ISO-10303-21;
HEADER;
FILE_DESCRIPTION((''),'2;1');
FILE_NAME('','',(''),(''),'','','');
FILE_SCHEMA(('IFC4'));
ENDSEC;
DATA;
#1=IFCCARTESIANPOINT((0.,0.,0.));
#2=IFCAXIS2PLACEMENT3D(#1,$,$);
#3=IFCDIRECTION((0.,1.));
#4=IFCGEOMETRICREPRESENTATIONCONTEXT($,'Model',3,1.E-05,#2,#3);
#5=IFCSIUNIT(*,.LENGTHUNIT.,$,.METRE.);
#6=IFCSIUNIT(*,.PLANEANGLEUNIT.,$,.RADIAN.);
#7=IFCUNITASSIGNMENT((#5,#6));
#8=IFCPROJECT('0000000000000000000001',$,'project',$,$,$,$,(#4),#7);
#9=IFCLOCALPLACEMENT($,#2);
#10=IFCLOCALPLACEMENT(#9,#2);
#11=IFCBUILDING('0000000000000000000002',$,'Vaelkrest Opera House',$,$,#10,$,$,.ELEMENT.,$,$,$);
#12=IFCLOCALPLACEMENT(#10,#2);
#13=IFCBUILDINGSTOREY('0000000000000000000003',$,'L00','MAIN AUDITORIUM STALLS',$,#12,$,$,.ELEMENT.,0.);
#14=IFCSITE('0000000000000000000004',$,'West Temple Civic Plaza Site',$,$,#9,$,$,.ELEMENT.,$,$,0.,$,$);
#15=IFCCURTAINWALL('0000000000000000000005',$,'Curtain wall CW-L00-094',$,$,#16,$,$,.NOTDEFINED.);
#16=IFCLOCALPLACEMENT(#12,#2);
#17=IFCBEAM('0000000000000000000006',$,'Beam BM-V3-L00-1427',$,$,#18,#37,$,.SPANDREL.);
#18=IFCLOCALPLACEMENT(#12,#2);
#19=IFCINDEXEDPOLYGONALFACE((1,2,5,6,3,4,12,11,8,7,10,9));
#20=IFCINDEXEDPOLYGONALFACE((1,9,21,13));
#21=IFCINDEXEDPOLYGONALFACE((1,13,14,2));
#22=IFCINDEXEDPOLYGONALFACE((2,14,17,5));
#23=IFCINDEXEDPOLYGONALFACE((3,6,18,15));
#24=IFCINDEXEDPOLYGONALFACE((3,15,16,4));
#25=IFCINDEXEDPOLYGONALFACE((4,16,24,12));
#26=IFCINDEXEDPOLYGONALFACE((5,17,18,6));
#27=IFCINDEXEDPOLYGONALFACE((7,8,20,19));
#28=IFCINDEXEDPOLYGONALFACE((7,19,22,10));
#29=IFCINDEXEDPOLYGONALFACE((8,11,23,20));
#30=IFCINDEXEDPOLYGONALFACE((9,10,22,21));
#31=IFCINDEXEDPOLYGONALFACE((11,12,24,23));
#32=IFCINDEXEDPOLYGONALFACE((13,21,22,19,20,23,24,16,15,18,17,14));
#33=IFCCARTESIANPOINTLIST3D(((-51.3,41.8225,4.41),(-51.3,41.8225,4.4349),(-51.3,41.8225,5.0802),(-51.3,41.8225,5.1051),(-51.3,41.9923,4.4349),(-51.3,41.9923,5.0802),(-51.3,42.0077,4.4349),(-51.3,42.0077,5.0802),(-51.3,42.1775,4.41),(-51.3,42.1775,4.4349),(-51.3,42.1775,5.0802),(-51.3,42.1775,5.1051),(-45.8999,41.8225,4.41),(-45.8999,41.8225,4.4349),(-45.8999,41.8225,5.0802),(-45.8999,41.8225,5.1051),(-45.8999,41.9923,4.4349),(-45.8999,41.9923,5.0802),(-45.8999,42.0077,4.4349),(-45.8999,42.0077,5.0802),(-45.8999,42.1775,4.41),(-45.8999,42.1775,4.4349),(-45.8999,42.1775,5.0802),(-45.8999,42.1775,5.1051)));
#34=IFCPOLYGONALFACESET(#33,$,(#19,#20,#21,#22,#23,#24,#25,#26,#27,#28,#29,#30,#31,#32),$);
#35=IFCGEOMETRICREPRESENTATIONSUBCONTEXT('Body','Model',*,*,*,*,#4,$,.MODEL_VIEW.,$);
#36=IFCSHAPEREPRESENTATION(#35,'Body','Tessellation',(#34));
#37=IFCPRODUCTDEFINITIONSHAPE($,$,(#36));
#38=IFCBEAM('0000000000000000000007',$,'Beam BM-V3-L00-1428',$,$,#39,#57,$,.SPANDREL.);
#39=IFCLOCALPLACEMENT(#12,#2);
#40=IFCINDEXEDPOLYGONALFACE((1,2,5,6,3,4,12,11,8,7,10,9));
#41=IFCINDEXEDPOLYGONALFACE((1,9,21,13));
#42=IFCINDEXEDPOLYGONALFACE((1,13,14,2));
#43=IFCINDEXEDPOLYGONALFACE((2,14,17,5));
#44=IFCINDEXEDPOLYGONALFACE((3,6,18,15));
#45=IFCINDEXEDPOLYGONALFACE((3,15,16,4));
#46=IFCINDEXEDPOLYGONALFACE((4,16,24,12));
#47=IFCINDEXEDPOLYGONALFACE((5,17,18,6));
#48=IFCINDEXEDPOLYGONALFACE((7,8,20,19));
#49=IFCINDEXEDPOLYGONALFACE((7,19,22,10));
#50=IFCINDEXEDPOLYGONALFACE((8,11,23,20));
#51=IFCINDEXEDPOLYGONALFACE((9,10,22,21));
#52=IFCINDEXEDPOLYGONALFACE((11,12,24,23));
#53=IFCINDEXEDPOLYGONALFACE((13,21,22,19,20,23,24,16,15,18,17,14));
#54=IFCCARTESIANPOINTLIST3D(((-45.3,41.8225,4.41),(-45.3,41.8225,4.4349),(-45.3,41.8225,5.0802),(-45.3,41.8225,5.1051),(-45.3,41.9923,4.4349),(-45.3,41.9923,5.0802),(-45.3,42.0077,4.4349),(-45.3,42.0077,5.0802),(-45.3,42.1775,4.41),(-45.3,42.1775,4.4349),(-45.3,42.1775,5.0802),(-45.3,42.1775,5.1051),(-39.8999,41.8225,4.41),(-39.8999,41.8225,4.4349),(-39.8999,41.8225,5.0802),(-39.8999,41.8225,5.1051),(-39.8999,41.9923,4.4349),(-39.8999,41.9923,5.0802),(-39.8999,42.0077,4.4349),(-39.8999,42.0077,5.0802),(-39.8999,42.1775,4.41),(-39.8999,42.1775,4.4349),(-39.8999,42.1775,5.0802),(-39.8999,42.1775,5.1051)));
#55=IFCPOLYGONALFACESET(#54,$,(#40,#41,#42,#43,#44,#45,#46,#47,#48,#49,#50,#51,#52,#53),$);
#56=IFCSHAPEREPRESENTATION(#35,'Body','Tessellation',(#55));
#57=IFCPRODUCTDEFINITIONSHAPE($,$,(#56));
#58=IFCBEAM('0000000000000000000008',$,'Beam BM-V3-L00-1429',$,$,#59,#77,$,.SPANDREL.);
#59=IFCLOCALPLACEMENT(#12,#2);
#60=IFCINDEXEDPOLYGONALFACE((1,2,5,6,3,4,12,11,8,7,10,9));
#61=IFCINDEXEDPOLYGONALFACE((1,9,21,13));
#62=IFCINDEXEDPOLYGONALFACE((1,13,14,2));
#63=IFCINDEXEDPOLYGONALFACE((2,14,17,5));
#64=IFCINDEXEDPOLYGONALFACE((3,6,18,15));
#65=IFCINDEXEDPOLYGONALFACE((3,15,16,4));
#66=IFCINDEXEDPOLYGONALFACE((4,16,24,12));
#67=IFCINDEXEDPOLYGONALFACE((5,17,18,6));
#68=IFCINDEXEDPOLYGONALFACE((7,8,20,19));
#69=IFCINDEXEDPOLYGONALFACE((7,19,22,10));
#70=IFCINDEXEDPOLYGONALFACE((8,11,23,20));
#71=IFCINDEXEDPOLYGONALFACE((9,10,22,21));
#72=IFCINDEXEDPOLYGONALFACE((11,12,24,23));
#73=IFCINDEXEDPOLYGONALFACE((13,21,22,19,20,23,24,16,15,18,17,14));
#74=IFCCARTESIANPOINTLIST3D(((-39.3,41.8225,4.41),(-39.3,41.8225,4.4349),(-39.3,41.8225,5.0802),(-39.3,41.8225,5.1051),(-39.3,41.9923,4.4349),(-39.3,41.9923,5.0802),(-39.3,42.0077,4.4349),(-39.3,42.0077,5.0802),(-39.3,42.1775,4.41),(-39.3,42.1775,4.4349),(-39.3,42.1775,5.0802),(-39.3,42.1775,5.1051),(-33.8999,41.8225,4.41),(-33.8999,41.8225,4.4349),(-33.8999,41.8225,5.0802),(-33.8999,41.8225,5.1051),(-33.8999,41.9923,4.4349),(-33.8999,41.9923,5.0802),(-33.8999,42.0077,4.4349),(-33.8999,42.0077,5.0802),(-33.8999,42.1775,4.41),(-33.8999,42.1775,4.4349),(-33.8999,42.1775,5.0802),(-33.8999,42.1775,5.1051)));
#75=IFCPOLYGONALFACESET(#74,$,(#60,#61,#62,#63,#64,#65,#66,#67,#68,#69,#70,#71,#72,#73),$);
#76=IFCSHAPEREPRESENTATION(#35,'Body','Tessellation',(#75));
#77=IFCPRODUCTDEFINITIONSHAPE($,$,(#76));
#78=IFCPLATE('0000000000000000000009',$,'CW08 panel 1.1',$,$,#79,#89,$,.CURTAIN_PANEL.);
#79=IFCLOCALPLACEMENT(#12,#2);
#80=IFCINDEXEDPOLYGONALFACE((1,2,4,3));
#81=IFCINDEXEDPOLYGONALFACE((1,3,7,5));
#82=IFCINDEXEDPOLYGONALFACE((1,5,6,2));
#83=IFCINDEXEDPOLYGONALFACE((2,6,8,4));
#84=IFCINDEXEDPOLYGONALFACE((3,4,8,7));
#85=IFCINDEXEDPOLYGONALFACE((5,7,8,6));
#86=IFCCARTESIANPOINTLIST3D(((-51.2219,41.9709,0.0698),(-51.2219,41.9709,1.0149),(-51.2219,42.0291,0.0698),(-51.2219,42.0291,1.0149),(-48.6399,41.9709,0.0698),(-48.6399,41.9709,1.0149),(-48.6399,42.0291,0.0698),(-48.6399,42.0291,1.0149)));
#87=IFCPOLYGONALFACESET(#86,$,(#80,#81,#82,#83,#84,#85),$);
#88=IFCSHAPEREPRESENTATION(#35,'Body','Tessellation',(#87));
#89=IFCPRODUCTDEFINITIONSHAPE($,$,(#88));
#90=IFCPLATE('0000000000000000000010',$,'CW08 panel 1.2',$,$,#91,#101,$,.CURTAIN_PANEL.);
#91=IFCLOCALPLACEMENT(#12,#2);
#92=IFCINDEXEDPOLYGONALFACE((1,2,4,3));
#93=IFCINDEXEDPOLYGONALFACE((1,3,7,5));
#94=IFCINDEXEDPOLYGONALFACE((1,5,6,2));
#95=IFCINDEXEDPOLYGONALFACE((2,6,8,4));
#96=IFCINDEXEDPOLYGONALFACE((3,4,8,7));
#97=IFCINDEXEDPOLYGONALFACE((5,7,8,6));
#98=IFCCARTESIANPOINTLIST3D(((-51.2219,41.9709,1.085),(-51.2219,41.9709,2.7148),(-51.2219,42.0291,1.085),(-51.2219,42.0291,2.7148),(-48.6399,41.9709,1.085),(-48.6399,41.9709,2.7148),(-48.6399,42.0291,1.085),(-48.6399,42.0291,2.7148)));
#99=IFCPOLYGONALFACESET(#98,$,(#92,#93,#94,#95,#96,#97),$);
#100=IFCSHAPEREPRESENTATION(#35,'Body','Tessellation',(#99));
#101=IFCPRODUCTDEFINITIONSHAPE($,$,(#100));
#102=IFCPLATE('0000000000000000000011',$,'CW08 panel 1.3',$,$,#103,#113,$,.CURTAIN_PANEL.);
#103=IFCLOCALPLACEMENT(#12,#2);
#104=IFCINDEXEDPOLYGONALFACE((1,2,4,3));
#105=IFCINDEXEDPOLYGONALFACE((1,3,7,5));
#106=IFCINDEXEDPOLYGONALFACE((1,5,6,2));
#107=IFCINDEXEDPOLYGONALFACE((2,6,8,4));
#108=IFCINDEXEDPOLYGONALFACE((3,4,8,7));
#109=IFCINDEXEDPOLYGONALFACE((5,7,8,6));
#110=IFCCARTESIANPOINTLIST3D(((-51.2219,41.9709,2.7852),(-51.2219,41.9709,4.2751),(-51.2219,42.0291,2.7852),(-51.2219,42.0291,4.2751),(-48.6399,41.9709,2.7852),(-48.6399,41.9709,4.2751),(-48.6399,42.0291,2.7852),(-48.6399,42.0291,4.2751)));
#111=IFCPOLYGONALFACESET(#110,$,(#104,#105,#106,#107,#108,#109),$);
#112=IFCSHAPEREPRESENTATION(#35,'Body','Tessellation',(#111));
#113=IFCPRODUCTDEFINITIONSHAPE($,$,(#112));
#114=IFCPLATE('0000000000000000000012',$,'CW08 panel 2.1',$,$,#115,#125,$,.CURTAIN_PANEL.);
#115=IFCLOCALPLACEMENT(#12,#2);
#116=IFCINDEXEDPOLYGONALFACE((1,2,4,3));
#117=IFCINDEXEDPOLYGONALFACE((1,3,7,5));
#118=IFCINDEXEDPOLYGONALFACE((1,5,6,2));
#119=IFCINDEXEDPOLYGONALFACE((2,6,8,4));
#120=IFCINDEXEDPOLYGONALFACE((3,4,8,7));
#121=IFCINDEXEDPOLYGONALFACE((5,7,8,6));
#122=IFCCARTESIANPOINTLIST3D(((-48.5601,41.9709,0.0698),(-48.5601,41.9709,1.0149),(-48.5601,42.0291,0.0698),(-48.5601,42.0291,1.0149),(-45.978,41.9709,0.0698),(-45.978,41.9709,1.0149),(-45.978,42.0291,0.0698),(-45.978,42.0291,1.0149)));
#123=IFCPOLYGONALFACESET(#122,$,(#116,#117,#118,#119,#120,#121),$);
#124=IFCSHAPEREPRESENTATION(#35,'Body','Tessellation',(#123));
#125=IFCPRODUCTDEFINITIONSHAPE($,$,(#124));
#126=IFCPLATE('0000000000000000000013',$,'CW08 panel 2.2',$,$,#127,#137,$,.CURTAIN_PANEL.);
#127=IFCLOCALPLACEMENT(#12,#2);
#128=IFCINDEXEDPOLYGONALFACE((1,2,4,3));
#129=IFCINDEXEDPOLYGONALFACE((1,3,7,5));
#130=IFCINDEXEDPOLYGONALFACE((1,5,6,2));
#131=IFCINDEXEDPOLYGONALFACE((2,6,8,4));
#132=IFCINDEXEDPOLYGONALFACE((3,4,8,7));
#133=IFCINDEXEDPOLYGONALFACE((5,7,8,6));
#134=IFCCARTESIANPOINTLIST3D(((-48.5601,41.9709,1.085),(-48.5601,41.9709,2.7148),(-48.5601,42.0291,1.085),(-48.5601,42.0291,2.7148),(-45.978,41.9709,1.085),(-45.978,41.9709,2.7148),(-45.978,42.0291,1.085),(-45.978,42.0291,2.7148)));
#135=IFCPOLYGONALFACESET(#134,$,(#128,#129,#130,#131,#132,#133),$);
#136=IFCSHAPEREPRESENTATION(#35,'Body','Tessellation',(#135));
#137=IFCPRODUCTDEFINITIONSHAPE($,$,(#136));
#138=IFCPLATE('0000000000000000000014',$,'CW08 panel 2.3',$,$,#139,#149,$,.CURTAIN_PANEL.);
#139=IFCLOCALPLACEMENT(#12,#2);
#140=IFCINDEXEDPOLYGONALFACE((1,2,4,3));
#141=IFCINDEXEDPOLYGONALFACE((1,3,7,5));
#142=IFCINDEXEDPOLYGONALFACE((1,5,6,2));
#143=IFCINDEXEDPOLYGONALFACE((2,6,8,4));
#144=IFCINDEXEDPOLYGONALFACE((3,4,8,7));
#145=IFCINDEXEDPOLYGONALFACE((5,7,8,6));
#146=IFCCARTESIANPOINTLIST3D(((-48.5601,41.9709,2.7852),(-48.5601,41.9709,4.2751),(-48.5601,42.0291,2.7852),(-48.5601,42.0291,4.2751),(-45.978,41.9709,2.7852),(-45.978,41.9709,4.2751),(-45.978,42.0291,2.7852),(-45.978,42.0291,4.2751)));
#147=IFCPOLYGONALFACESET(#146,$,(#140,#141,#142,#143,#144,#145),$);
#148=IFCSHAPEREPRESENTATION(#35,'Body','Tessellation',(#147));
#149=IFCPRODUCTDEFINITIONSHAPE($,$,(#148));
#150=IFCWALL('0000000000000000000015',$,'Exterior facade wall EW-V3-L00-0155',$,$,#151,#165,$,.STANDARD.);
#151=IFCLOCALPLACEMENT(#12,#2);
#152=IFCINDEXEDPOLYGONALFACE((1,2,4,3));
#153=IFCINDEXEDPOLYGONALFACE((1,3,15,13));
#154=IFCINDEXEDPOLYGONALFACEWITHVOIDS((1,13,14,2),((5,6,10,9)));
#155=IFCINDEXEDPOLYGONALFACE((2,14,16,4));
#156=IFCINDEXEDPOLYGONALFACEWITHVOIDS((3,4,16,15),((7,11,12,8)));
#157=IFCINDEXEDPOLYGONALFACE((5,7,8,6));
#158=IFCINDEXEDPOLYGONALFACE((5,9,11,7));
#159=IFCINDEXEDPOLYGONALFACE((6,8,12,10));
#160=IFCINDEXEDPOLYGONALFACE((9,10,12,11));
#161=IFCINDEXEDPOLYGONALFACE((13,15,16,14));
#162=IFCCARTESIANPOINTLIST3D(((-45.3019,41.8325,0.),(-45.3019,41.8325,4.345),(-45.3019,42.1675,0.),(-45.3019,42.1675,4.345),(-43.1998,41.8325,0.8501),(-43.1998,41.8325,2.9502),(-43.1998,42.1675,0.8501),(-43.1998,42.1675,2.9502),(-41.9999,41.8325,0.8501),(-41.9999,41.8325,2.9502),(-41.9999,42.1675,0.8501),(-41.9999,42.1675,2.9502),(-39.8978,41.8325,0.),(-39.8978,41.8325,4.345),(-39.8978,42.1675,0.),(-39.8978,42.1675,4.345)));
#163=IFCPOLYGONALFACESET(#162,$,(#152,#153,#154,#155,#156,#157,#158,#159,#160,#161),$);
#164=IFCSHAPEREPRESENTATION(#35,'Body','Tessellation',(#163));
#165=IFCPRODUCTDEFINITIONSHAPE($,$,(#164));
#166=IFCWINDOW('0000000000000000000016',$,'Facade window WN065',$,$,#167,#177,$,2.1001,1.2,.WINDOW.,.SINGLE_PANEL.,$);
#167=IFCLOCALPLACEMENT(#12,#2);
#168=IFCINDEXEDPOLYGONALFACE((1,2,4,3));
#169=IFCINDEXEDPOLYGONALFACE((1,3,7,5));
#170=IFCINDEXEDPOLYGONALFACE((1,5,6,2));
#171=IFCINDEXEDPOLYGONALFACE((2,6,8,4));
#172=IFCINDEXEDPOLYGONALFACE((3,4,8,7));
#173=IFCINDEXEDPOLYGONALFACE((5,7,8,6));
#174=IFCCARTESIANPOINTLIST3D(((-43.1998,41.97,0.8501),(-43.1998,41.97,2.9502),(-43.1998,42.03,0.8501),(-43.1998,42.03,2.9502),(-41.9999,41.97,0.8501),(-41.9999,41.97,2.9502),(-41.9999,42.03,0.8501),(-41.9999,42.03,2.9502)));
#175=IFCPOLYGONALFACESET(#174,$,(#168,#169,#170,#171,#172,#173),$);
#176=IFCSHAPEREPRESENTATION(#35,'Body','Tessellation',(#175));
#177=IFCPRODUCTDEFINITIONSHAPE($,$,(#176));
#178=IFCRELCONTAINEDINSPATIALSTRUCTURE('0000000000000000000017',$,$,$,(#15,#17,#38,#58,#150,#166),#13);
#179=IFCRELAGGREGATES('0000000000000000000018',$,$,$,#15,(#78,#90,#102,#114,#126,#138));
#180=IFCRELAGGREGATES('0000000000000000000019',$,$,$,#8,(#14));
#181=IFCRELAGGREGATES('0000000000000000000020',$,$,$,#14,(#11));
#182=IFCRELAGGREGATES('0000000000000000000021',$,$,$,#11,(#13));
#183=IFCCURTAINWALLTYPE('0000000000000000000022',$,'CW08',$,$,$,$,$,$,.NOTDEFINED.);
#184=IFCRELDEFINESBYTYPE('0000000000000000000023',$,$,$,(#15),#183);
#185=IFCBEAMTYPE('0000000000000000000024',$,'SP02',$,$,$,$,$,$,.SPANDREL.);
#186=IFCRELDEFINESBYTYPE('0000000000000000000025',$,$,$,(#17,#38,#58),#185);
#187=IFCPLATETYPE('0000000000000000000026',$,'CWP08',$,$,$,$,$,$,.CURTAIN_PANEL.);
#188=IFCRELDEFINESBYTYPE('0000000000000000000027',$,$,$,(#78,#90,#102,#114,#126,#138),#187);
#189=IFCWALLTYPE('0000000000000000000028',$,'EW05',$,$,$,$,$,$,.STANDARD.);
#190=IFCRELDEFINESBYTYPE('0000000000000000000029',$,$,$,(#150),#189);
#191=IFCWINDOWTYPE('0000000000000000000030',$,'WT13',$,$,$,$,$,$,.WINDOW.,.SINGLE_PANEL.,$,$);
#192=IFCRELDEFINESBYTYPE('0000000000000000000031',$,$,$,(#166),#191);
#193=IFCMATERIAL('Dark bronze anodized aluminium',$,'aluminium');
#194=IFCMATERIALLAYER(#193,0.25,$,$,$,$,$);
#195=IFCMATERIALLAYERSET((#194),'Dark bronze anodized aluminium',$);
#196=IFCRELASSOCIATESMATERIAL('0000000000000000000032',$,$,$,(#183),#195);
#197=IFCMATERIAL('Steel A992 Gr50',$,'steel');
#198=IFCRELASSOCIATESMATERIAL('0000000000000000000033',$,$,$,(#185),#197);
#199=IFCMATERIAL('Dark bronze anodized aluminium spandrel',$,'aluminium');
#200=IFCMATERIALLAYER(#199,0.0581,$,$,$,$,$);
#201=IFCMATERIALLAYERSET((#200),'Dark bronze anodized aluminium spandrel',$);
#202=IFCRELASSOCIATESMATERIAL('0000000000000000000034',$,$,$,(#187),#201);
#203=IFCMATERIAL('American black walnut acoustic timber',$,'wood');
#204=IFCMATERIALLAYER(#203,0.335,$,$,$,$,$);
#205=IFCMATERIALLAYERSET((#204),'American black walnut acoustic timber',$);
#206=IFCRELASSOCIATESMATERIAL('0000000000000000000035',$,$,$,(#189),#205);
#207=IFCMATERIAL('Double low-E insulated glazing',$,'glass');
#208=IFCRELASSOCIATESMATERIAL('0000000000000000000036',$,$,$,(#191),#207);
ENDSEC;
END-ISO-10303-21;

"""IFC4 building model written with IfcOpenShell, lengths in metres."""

from ifc_helpers import new_model, si_unit, direction, frame, frame_2d, origin, origin_2d, place, context, subcontext, project, spatial, rectangle, i_section, extrude, material, layer, layer_set, material_profile, profile_set, type_object, element, fill, aggregate, save


model = new_model("IFC4")

# Units and contexts
model_context = context("Model", 3, precision=1e-05, world=origin(), true_north=direction((0.0, 1.0)))
body_context = subcontext(model_context, "Body", "Model", "MODEL_VIEW")
ifc_project = project(units=[si_unit("LENGTHUNIT", "METRE"), si_unit("PLANEANGLEUNIT", "RADIAN")], contexts=[model_context])

# Site, building, storey
site_placement = place(None, origin())
site = spatial("IfcSite", under=ifc_project, at=site_placement, Name="West Temple Civic Plaza Site", CompositionType="ELEMENT", RefElevation=0.0)
building_placement = place(site_placement, origin())
building = spatial("IfcBuilding", under=site, at=building_placement, Name="Vaelkrest Opera House", CompositionType="ELEMENT")
storey_placement = place(building_placement, origin())
storey = spatial("IfcBuildingStorey", under=building, at=storey_placement, Name="L00", Description="MAIN AUDITORIUM STALLS", CompositionType="ELEMENT", Elevation=0.0)

# Shared definitions
ifc_material_1 = material(Name="Steel A992 Gr50", Category="steel")

# Shared definitions
ifc_material_2 = material(Name="Dark bronze anodized aluminium", Category="aluminium")

# Curtain wall
ifc_layer_1 = layer(ifc_material_2, 0.25)
ifc_layer_set_1 = layer_set([ifc_layer_1], Name="Dark bronze anodized aluminium")
curtain_wall_type_1 = type_object("IfcCurtainWallType", Name="CW08", PredefinedType="NOTDEFINED", material=ifc_layer_set_1)
curtain_wall_1_placement = place(storey_placement, origin())
curtain_wall_1 = element("IfcCurtainWall", 1, at=curtain_wall_1_placement, inside=storey, type_object=curtain_wall_type_1, Name="Curtain wall CW-L00-094", PredefinedType="NOTDEFINED")

# Beams
ifc_material_profile_1 = material_profile(ifc_material_1, i_section(OverallWidth=0.355, OverallDepth=0.6951, WebThickness=0.0154, FlangeThickness=0.0249, at=origin_2d()), Name="W27X146")
ifc_profile_set_1 = profile_set([ifc_material_profile_1], Name="Steel A992 Gr50")
beam_type_1 = type_object("IfcBeamType", Name="SP02", PredefinedType="SPANDREL", material=ifc_profile_set_1)
for number, where, z_axis, x_axis, name in (
    (2, (-51.3, 42.0, 4.7576), (1.0, 0.0, 0.0), (0.0, 1.0, 0.0), "Beam BM-V3-L00-1427"),
    (3, (-45.3, 42.0, 4.7576), (1.0, 0.0, 0.0), (0.0, 1.0, 0.0), "Beam BM-V3-L00-1428"),
    (4, (-39.3, 42.0, 4.7576), (1.0, 0.0, 0.0), (0.0, 1.0, 0.0), "Beam BM-V3-L00-1429"),
):
    element("IfcBeam", number, at=place(storey_placement, frame(where, z_axis=z_axis, x_axis=x_axis)), inside=storey, type_object=beam_type_1, Name=name, PredefinedType="SPANDREL", context=body_context, shape_type="SweptSolid", body=[
        extrude(i_section(OverallWidth=0.355, OverallDepth=0.6951, WebThickness=0.0154, FlangeThickness=0.0249, at=origin_2d()), origin(), (0.0, 0.0, 1.0), 5.4001),
    ])

# Plates
ifc_material_3 = material(Name="Dark bronze anodized aluminium spandrel", Category="aluminium")
ifc_layer_2 = layer(ifc_material_3, 0.0581)
ifc_layer_set_2 = layer_set([ifc_layer_2], Name="Dark bronze anodized aluminium spandrel")
plate_type = type_object("IfcPlateType", Name="CWP08", PredefinedType="CURTAIN_PANEL", material=ifc_layer_set_2)
plate_1_placement = place(storey_placement, frame((-49.9309, 42.0, 0.0698), z_axis=(0.0, 0.0, 1.0), x_axis=(1.0, 0.0, 0.0)))
plate_1 = element("IfcPlate", 5, at=plate_1_placement, type_object=plate_type, Name="CW08 panel 1.1", PredefinedType="CURTAIN_PANEL", context=body_context, shape_type="SweptSolid", body=[
    extrude(rectangle(XDim=2.582, YDim=0.0581, at=origin_2d()), origin(), (0.0, 0.0, 1.0), 0.9451),
])
plate_2_placement = place(storey_placement, frame((-49.9309, 42.0, 1.085), z_axis=(0.0, 0.0, 1.0), x_axis=(1.0, 0.0, 0.0)))
plate_2 = element("IfcPlate", 6, at=plate_2_placement, type_object=plate_type, Name="CW08 panel 1.2", PredefinedType="CURTAIN_PANEL", context=body_context, shape_type="SweptSolid", body=[
    extrude(rectangle(XDim=2.582, YDim=0.0581, at=origin_2d()), origin(), (0.0, 0.0, 1.0), 1.6299),
])
plate_3_placement = place(storey_placement, frame((-49.9309, 42.0, 2.7852), z_axis=(0.0, 0.0, 1.0), x_axis=(1.0, 0.0, 0.0)))
plate_3 = element("IfcPlate", 7, at=plate_3_placement, type_object=plate_type, Name="CW08 panel 1.3", PredefinedType="CURTAIN_PANEL", context=body_context, shape_type="SweptSolid", body=[
    extrude(rectangle(XDim=2.582, YDim=0.0581, at=origin_2d()), origin(), (0.0, 0.0, 1.0), 1.49),
])
plate_4_placement = place(storey_placement, frame((-47.269, 42.0, 0.0698), z_axis=(0.0, 0.0, 1.0), x_axis=(1.0, 0.0, 0.0)))
plate_4 = element("IfcPlate", 8, at=plate_4_placement, type_object=plate_type, Name="CW08 panel 2.1", PredefinedType="CURTAIN_PANEL", context=body_context, shape_type="SweptSolid", body=[
    extrude(rectangle(XDim=2.582, YDim=0.0581, at=origin_2d()), origin(), (0.0, 0.0, 1.0), 0.9451),
])
plate_5_placement = place(storey_placement, frame((-47.269, 42.0, 1.085), z_axis=(0.0, 0.0, 1.0), x_axis=(1.0, 0.0, 0.0)))
plate_5 = element("IfcPlate", 9, at=plate_5_placement, type_object=plate_type, Name="CW08 panel 2.2", PredefinedType="CURTAIN_PANEL", context=body_context, shape_type="SweptSolid", body=[
    extrude(rectangle(XDim=2.582, YDim=0.0581, at=origin_2d()), origin(), (0.0, 0.0, 1.0), 1.6299),
])
plate_6_placement = place(storey_placement, frame((-47.269, 42.0, 2.7852), z_axis=(0.0, 0.0, 1.0), x_axis=(1.0, 0.0, 0.0)))
plate_6 = element("IfcPlate", 10, at=plate_6_placement, type_object=plate_type, Name="CW08 panel 2.3", PredefinedType="CURTAIN_PANEL", context=body_context, shape_type="SweptSolid", body=[
    extrude(rectangle(XDim=2.582, YDim=0.0581, at=origin_2d()), origin(), (0.0, 0.0, 1.0), 1.49),
])
aggregate(curtain_wall_1, [plate_1, plate_2, plate_3, plate_4, plate_5, plate_6])

# Wall, opening, window
ifc_material_4 = material(Name="American black walnut acoustic timber", Category="wood")
ifc_layer_3 = layer(ifc_material_4, 0.335)
ifc_layer_set_3 = layer_set([ifc_layer_3], Name="American black walnut acoustic timber")
wall_type = type_object("IfcWallType", Name="EW05", PredefinedType="STANDARD", material=ifc_layer_set_3)
wall_placement = place(storey_placement, frame((-45.302, 42.0, 0.0), z_axis=(0.0, 0.0, 1.0), x_axis=(1.0, 0.0, 0.0)))
wall = element("IfcWall", 11, at=wall_placement, inside=storey, type_object=wall_type, Name="Exterior facade wall EW-V3-L00-0155", PredefinedType="STANDARD", context=body_context, shape_type="SweptSolid", body=[
    extrude(rectangle(XDim=5.4041, YDim=0.335, at=frame_2d((2.7021, 0.0))), origin(), (0.0, 0.0, 1.0), 4.345),
])
opening_placement = place(wall_placement, frame((2.1021, 0.0, 0.8501)))
opening = element("IfcOpeningElement", 12, at=opening_placement, cuts=wall, PredefinedType="OPENING", context=body_context, shape_type="SweptSolid", body=[
    extrude(rectangle(XDim=1.2, YDim=2.1001, at=frame_2d((0.6001, 1.05))), frame((0.0, 0.1775, 0.0), z_axis=(0.0, -1.0, 0.0), x_axis=(1.0, 0.0, 0.0)), (0.0, 0.0, 1.0), 0.355),
])
ifc_material_5 = material(Name="Double low-E insulated glazing", Category="glass")
window_type = type_object("IfcWindowType", Name="WT13", PartitioningType="SINGLE_PANEL", PredefinedType="WINDOW", material=ifc_material_5)
window_placement = place(opening_placement, origin())
window = element("IfcWindow", 13, at=window_placement, inside=storey, type_object=window_type, Name="Facade window WN065", OverallHeight=2.1001, OverallWidth=1.2, PartitioningType="SINGLE_PANEL", PredefinedType="WINDOW", context=body_context, shape_type="SweptSolid", body=[
    extrude(rectangle(XDim=1.2, YDim=2.1001, at=frame_2d((0.6001, 1.05))), frame((0.0, 0.03, 0.0), z_axis=(0.0, -1.0, 0.0), x_axis=(1.0, 0.0, 0.0)), (0.0, 0.0, 1.0), 0.0601),
])
fill(opening, window)

save(model, "model.ifc")
